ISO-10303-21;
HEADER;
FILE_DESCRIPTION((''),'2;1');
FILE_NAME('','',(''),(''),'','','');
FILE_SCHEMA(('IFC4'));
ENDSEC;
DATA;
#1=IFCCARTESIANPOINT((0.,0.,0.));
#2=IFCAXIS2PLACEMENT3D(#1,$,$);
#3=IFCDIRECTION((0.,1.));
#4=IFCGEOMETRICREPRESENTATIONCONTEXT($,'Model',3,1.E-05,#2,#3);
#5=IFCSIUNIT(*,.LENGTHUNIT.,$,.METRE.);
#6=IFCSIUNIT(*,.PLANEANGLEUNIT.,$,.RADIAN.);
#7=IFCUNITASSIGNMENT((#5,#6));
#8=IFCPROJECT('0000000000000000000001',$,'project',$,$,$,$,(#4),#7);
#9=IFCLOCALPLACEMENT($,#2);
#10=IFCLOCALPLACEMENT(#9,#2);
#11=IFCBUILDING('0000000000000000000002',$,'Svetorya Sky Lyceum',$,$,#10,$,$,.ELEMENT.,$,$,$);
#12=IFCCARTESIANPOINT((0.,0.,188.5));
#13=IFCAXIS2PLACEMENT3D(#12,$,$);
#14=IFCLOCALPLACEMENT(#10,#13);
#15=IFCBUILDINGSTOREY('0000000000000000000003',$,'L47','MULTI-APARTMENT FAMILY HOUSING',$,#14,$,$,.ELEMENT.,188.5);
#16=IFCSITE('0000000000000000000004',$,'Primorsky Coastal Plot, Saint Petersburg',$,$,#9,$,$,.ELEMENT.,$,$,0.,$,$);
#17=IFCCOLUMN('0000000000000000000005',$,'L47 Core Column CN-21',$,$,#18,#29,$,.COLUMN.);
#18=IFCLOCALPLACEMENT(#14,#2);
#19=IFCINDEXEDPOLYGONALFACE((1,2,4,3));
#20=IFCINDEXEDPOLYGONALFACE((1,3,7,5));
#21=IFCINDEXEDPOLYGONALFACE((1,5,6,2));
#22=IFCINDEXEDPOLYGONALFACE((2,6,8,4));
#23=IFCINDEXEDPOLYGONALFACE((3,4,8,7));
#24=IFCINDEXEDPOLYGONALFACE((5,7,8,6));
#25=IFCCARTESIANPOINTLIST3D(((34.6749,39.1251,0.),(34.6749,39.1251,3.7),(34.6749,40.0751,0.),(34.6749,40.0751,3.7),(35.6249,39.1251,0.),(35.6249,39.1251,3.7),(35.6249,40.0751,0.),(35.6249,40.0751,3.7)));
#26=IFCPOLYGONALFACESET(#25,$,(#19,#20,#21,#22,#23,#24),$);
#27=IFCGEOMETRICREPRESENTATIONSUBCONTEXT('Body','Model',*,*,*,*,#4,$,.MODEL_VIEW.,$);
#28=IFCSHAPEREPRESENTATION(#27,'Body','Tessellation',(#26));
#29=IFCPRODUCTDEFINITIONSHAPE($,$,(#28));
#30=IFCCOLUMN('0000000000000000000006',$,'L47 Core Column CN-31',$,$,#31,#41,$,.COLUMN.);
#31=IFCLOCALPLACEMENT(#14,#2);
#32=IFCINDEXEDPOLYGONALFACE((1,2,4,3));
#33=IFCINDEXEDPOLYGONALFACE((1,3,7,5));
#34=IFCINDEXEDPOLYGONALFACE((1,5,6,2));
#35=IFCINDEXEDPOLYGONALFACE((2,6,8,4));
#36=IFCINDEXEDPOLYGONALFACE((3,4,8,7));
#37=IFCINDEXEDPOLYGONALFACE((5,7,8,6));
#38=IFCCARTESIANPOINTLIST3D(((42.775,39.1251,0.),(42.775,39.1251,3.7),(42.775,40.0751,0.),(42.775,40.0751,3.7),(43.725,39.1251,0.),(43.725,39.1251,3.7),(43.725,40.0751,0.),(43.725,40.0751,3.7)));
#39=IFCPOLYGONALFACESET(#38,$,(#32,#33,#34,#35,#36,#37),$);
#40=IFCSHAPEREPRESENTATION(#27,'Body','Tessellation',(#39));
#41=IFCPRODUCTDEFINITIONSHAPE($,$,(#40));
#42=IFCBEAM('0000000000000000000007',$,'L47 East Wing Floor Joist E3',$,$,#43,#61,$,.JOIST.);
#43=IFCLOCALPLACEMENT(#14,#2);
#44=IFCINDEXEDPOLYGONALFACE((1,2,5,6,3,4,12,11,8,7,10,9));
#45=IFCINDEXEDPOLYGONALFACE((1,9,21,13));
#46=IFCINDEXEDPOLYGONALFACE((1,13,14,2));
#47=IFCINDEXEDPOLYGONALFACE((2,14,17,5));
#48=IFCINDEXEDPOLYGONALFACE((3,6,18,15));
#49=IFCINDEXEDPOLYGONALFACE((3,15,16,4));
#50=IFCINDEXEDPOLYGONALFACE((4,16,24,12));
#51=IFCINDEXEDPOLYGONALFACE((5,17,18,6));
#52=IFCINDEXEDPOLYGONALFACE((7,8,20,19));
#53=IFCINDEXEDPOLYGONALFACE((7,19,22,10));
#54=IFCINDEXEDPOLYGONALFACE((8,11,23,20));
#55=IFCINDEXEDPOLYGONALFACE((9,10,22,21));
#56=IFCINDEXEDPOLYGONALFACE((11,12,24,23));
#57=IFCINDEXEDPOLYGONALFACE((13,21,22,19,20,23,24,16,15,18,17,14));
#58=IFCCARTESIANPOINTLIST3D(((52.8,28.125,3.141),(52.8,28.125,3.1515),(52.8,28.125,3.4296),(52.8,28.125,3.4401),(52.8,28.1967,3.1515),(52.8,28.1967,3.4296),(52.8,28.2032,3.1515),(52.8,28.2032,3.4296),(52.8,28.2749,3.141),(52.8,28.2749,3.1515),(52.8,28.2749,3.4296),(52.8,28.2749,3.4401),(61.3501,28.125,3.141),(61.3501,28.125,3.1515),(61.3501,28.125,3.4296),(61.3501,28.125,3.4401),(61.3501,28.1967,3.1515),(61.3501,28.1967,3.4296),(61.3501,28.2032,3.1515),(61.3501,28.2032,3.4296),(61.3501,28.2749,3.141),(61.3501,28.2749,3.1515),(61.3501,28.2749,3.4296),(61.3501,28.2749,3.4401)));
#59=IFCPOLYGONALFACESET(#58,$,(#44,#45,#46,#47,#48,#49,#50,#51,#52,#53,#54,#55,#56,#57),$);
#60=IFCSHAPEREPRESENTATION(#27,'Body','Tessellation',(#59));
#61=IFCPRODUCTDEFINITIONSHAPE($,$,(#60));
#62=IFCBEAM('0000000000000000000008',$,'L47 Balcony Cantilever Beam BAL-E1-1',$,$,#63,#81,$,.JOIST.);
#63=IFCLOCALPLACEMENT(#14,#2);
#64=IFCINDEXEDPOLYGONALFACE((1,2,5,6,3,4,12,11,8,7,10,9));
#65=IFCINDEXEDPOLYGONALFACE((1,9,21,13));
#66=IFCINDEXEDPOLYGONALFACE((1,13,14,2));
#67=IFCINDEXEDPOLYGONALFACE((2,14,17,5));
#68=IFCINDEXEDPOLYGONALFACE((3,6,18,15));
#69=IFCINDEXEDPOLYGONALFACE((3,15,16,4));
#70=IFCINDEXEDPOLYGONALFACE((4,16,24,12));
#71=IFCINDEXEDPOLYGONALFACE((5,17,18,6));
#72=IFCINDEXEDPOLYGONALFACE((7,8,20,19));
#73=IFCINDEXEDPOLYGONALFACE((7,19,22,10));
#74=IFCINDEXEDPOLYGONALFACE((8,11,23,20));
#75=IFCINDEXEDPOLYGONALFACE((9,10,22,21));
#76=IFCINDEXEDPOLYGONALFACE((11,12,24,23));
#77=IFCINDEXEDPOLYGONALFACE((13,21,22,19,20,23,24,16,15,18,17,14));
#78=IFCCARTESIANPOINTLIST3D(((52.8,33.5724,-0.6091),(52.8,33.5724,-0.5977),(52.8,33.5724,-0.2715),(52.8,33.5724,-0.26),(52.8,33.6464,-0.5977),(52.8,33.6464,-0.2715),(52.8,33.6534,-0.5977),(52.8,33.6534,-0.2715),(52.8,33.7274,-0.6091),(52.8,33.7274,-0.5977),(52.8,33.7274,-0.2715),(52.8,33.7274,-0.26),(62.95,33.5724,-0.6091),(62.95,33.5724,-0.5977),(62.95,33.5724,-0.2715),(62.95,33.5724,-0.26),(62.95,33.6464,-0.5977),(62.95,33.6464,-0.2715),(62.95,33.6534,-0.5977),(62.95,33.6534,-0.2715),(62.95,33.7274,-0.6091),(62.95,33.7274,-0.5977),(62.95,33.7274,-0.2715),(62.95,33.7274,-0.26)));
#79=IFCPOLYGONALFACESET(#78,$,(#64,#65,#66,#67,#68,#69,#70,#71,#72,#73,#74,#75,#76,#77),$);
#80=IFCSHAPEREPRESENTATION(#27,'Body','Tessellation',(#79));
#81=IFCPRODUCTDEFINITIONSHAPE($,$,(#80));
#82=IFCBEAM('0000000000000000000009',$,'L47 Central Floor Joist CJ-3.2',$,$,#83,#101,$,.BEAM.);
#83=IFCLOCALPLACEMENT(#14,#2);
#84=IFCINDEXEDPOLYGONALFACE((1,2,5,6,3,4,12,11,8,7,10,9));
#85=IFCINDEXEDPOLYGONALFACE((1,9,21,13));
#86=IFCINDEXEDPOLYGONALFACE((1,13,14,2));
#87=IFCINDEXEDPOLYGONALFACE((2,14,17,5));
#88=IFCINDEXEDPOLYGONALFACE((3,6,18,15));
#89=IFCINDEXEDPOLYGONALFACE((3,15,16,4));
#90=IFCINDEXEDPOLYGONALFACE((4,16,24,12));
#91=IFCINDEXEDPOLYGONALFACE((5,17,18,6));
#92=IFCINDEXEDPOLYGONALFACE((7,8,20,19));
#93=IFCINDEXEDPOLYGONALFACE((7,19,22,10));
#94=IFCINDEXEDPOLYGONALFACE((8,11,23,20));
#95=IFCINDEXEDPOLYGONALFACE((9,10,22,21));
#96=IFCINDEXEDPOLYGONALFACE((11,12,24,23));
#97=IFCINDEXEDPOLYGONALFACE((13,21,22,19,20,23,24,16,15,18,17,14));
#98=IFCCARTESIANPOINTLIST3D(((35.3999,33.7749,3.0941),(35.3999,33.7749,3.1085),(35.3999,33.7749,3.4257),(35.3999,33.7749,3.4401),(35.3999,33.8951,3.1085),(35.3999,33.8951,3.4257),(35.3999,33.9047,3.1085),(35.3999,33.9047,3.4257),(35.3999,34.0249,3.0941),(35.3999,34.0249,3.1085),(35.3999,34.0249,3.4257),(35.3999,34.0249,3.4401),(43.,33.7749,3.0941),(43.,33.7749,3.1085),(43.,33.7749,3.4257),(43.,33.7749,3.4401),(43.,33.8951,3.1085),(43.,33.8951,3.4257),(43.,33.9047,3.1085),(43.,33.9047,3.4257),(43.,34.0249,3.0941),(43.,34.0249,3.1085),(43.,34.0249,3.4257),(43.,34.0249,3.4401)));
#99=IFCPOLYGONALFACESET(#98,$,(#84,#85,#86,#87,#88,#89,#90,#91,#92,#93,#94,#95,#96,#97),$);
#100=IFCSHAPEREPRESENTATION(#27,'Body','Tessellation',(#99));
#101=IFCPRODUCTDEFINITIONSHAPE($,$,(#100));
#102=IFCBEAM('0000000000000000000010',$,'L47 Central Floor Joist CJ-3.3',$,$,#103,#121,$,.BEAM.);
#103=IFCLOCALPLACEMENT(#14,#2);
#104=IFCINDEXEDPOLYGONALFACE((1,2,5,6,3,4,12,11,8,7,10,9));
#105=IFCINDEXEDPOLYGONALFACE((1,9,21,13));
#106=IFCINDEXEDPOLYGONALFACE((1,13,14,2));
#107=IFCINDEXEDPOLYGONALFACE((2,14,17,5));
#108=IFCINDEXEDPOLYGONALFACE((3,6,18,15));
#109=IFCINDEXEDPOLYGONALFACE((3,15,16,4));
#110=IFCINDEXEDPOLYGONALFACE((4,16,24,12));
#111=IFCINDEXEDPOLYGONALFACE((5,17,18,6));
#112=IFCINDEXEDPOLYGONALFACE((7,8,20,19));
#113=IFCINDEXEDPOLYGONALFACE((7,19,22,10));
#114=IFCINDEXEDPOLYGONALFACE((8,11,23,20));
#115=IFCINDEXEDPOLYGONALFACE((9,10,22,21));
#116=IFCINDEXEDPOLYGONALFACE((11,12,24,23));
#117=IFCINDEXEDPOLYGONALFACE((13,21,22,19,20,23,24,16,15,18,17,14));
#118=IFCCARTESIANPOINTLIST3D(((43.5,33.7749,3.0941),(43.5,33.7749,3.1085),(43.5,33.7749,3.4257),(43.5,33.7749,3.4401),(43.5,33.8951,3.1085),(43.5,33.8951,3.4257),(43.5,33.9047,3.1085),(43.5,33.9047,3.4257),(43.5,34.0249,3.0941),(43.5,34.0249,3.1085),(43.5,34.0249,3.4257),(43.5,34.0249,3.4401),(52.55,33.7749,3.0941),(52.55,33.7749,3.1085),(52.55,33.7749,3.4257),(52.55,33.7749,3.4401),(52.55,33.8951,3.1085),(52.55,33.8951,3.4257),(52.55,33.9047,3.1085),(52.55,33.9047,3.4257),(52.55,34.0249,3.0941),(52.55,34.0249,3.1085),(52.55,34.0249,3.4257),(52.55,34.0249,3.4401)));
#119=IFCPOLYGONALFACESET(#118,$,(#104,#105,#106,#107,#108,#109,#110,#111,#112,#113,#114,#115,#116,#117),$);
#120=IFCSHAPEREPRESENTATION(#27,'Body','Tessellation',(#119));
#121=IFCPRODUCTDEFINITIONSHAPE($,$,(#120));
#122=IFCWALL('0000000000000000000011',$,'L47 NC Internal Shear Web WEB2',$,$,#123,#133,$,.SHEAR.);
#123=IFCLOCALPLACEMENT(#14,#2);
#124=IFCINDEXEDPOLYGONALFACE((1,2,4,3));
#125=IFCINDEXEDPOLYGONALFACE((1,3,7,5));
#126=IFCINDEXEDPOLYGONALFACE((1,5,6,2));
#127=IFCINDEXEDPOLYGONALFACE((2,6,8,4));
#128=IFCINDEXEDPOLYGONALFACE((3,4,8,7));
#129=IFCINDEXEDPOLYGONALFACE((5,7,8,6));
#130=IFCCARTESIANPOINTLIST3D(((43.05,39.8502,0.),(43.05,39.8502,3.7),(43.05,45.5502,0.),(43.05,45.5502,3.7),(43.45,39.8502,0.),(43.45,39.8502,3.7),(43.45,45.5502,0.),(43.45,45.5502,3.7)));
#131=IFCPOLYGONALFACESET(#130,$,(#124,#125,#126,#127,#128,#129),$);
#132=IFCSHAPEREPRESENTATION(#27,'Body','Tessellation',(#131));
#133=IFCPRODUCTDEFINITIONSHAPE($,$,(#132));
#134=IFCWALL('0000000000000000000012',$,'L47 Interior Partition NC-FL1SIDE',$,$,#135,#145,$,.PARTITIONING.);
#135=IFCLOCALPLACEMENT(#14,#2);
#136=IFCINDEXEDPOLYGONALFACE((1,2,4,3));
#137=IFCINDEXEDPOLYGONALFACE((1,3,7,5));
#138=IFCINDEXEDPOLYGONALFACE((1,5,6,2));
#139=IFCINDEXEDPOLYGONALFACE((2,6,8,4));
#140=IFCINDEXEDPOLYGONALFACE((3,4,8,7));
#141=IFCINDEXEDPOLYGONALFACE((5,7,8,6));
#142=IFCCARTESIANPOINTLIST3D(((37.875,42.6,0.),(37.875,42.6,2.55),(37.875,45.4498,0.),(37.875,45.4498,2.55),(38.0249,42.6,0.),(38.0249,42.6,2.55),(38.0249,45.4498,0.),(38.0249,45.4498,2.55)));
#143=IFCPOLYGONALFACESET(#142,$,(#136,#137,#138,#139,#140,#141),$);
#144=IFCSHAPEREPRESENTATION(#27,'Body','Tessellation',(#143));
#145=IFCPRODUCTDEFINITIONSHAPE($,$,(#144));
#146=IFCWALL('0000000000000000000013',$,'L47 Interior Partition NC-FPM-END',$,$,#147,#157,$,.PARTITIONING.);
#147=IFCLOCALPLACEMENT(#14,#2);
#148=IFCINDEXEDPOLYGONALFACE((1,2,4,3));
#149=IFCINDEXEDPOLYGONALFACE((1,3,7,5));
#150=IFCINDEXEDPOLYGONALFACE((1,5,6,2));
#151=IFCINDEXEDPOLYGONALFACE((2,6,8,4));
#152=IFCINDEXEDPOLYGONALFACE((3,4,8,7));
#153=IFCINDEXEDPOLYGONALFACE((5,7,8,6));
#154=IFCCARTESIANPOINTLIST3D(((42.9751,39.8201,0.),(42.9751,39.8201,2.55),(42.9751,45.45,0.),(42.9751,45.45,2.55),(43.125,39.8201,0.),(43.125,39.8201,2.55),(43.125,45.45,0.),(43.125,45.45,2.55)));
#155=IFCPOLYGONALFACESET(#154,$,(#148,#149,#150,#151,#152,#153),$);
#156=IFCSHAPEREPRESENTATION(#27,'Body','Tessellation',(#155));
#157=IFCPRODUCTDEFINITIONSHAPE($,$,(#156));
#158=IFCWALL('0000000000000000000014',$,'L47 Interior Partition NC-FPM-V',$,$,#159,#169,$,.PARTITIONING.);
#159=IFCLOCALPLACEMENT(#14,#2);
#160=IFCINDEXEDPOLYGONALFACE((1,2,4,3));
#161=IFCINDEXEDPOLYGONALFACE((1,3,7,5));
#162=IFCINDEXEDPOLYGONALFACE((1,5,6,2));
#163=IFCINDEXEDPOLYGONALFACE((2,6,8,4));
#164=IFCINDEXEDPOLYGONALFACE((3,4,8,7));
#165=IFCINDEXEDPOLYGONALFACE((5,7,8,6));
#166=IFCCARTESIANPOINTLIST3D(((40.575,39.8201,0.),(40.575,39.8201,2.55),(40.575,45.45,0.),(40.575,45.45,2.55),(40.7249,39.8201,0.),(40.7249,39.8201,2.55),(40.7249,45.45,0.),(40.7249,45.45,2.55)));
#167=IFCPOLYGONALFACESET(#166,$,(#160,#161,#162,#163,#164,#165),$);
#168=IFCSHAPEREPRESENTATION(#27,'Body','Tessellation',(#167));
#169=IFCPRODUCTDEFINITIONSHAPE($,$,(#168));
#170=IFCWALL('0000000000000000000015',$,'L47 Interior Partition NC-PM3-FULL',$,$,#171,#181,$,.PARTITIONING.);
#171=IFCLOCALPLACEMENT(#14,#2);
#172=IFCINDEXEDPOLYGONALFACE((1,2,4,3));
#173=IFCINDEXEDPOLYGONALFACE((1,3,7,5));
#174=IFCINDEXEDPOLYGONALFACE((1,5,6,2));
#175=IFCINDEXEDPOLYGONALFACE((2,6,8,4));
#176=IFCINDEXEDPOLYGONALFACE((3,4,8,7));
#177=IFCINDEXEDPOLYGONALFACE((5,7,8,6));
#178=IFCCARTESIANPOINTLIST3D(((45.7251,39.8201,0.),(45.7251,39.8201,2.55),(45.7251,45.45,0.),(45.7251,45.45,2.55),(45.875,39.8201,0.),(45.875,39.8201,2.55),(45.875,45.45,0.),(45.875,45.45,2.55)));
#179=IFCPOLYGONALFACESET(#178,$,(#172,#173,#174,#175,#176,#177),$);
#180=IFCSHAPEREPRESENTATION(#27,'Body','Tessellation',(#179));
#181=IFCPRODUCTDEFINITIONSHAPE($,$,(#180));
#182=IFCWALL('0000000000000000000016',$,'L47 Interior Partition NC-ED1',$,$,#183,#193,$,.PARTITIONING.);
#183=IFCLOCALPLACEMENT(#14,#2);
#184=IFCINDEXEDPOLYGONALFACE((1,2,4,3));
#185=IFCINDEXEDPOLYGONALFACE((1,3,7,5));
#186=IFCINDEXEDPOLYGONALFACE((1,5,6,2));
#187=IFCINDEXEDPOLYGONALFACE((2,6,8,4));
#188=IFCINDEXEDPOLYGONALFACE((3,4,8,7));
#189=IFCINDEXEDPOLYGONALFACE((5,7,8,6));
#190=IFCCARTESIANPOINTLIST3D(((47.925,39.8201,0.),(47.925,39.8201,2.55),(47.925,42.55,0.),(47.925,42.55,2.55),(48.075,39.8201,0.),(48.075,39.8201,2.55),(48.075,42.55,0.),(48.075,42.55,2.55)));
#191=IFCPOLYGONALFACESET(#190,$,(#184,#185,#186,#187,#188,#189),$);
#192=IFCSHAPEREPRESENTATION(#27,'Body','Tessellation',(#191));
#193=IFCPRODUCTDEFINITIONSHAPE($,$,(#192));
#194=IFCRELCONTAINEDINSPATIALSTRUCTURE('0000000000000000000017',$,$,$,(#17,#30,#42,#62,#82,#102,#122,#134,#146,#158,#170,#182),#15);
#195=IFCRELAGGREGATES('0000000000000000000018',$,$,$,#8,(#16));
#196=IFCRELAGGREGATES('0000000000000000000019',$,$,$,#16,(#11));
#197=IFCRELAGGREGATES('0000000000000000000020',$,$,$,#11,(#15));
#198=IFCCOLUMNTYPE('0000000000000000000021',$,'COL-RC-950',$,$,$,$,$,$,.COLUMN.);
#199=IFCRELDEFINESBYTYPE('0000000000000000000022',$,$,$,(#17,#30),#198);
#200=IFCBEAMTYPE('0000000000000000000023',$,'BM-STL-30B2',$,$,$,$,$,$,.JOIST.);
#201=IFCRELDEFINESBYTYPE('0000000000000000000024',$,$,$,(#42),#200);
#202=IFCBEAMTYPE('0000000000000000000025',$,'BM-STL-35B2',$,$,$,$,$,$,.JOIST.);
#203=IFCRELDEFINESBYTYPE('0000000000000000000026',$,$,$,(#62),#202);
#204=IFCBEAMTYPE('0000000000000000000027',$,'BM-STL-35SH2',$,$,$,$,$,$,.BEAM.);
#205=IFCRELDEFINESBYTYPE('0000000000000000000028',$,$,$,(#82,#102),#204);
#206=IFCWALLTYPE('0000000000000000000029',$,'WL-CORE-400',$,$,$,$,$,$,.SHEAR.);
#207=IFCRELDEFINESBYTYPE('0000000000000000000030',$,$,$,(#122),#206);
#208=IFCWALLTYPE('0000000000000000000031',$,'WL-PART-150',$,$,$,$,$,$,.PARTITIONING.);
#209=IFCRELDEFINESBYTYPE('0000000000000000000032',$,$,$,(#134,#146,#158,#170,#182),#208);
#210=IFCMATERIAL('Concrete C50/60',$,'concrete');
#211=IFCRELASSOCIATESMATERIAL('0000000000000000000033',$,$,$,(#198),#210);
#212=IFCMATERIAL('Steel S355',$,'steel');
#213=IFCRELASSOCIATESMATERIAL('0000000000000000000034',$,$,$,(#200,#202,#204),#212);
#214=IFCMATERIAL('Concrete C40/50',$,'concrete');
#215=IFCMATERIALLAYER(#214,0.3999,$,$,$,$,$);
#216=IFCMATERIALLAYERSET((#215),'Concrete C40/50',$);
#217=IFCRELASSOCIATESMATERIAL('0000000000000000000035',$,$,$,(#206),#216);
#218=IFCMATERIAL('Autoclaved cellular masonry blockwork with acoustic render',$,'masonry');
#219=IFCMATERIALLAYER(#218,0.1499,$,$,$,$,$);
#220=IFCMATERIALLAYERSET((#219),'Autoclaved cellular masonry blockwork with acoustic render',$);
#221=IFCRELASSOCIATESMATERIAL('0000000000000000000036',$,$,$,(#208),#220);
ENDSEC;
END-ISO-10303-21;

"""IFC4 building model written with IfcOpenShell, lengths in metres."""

from ifc_helpers import new_model, si_unit, direction, frame, frame_2d, origin, origin_2d, place, context, subcontext, project, spatial, rectangle, i_section, extrude, material, layer, layer_set, material_profile, profile_set, type_object, element, save


model = new_model("IFC4")

# Units and contexts
model_context = context("Model", 3, precision=1e-05, world=origin(), true_north=direction((0.0, 1.0)))
body_context = subcontext(model_context, "Body", "Model", "MODEL_VIEW")
ifc_project = project(units=[si_unit("LENGTHUNIT", "METRE"), si_unit("PLANEANGLEUNIT", "RADIAN")], contexts=[model_context])

# Site, building, storey
site_placement = place(None, origin())
site = spatial("IfcSite", under=ifc_project, at=site_placement, Name="Primorsky Coastal Plot, Saint Petersburg", CompositionType="ELEMENT", RefElevation=0.0)
building_placement = place(site_placement, origin())
building = spatial("IfcBuilding", under=site, at=building_placement, Name="Svetorya Sky Lyceum", CompositionType="ELEMENT")
storey_placement = place(building_placement, frame((0.0, 0.0, 188.5)))
storey = spatial("IfcBuildingStorey", under=building, at=storey_placement, Name="L47", Description="MULTI-APARTMENT FAMILY HOUSING", CompositionType="ELEMENT", Elevation=188.5)

# Columns
ifc_material_1 = material(Name="Concrete C50/60", Category="concrete")
ifc_material_profile_1 = material_profile(ifc_material_1, rectangle(XDim=0.95, YDim=0.95, at=origin_2d()), Name="RC COL 950x950")
ifc_profile_set_1 = profile_set([ifc_material_profile_1], Name="Concrete C50/60")
column_type = type_object("IfcColumnType", Name="COL-RC-950", PredefinedType="COLUMN", material=ifc_profile_set_1)
for number, where, z_axis, x_axis, name in (
    (1, (35.1499, 39.6001, 0.0), (0.0, 0.0, 1.0), (1.0, 0.0, 0.0), "L47 Core Column CN-21"),
    (2, (43.25, 39.6001, 0.0), (0.0, 0.0, 1.0), (1.0, 0.0, 0.0), "L47 Core Column CN-31"),
):
    element("IfcColumn", number, at=place(storey_placement, frame(where, z_axis=z_axis, x_axis=x_axis)), inside=storey, type_object=column_type, Name=name, PredefinedType="COLUMN", context=body_context, shape_type="SweptSolid", body=[
        extrude(rectangle(XDim=0.95, YDim=0.95, at=origin_2d()), origin(), (0.0, 0.0, 1.0), 3.7),
    ])

# Beams
ifc_material_2 = material(Name="Steel S355", Category="steel")
ifc_material_profile_2 = material_profile(ifc_material_2, i_section(OverallWidth=0.1499, OverallDepth=0.2991, WebThickness=0.0066, FlangeThickness=0.0105, at=origin_2d()), Name="GOST 30B2")
ifc_profile_set_2 = profile_set([ifc_material_profile_2], Name="Steel S355")
beam_type_1 = type_object("IfcBeamType", Name="BM-STL-30B2", PredefinedType="JOIST", material=ifc_profile_set_2)
beam_1_placement = place(storey_placement, frame((52.8, 28.2, 3.2905), z_axis=(1.0, 0.0, 0.0), x_axis=(0.0, 1.0, 0.0)))
element("IfcBeam", 3, at=beam_1_placement, inside=storey, type_object=beam_type_1, Name="L47 East Wing Floor Joist E3", PredefinedType="JOIST", context=body_context, shape_type="SweptSolid", body=[
    extrude(i_section(OverallWidth=0.1499, OverallDepth=0.2991, WebThickness=0.0066, FlangeThickness=0.0105, at=origin_2d()), origin(), (0.0, 0.0, 1.0), 8.55),
])
ifc_material_profile_3 = material_profile(ifc_material_2, i_section(OverallWidth=0.155, OverallDepth=0.3491, WebThickness=0.0071, FlangeThickness=0.0115, at=origin_2d()), Name="GOST 35B2")
ifc_profile_set_3 = profile_set([ifc_material_profile_3], Name="Steel S355")
beam_type_2 = type_object("IfcBeamType", Name="BM-STL-35B2", PredefinedType="JOIST", material=ifc_profile_set_3)
beam_2_placement = place(storey_placement, frame((52.8, 33.6499, -0.4346), z_axis=(1.0, 0.0, 0.0), x_axis=(0.0, 1.0, 0.0)))
element("IfcBeam", 4, at=beam_2_placement, inside=storey, type_object=beam_type_2, Name="L47 Balcony Cantilever Beam BAL-E1-1", PredefinedType="JOIST", context=body_context, shape_type="SweptSolid", body=[
    extrude(i_section(OverallWidth=0.155, OverallDepth=0.3491, WebThickness=0.0071, FlangeThickness=0.0115, at=origin_2d()), origin(), (0.0, 0.0, 1.0), 10.1499),
])
ifc_material_profile_4 = material_profile(ifc_material_2, i_section(OverallWidth=0.25, OverallDepth=0.3459, WebThickness=0.0095, FlangeThickness=0.0144, at=origin_2d()), Name="GOST 35Sh2")
ifc_profile_set_4 = profile_set([ifc_material_profile_4], Name="Steel S355")
beam_type_3 = type_object("IfcBeamType", Name="BM-STL-35SH2", PredefinedType="BEAM", material=ifc_profile_set_4)
beam_3_placement = place(storey_placement, frame((35.3999, 33.8999, 3.2671), z_axis=(1.0, 0.0, 0.0), x_axis=(0.0, 1.0, 0.0)))
element("IfcBeam", 5, at=beam_3_placement, inside=storey, type_object=beam_type_3, Name="L47 Central Floor Joist CJ-3.2", PredefinedType="BEAM", context=body_context, shape_type="SweptSolid", body=[
    extrude(i_section(OverallWidth=0.25, OverallDepth=0.3459, WebThickness=0.0095, FlangeThickness=0.0144, at=origin_2d()), origin(), (0.0, 0.0, 1.0), 7.6001),
])
beam_4_placement = place(storey_placement, frame((43.5, 33.8999, 3.2671), z_axis=(1.0, 0.0, 0.0), x_axis=(0.0, 1.0, 0.0)))
element("IfcBeam", 6, at=beam_4_placement, inside=storey, type_object=beam_type_3, Name="L47 Central Floor Joist CJ-3.3", PredefinedType="BEAM", context=body_context, shape_type="SweptSolid", body=[
    extrude(i_section(OverallWidth=0.25, OverallDepth=0.3459, WebThickness=0.0095, FlangeThickness=0.0144, at=origin_2d()), origin(), (0.0, 0.0, 1.0), 9.05),
])

# Walls
ifc_material_3 = material(Name="Concrete C40/50", Category="concrete")
ifc_layer_1 = layer(ifc_material_3, 0.3999)
ifc_layer_set_1 = layer_set([ifc_layer_1], Name="Concrete C40/50")
wall_type_1 = type_object("IfcWallType", Name="WL-CORE-400", PredefinedType="SHEAR", material=ifc_layer_set_1)
wall_1_placement = place(storey_placement, frame((43.25, 39.8501, 0.0), z_axis=(0.0, 0.0, 1.0), x_axis=(0.0, 1.0, 0.0)))
element("IfcWall", 7, at=wall_1_placement, inside=storey, type_object=wall_type_1, Name="L47 NC Internal Shear Web WEB2", PredefinedType="SHEAR", context=body_context, shape_type="SweptSolid", body=[
    extrude(rectangle(XDim=5.7, YDim=0.3999, at=frame_2d((2.8501, 0.0))), origin(), (0.0, 0.0, 1.0), 3.7),
])
ifc_material_4 = material(Name="Autoclaved cellular masonry blockwork with acoustic render", Category="masonry")
ifc_layer_2 = layer(ifc_material_4, 0.1499)
ifc_layer_set_2 = layer_set([ifc_layer_2], Name="Autoclaved cellular masonry blockwork with acoustic render")
wall_type_2 = type_object("IfcWallType", Name="WL-PART-150", PredefinedType="PARTITIONING", material=ifc_layer_set_2)
wall_2_placement = place(storey_placement, frame((37.95, 42.6001, 0.0), z_axis=(0.0, 0.0, 1.0), x_axis=(0.0, 1.0, 0.0)))
element("IfcWall", 8, at=wall_2_placement, inside=storey, type_object=wall_type_2, Name="L47 Interior Partition NC-FL1SIDE", PredefinedType="PARTITIONING", context=body_context, shape_type="SweptSolid", body=[
    extrude(rectangle(XDim=2.8499, YDim=0.1499, at=frame_2d((1.4248, 0.0))), origin(), (0.0, 0.0, 1.0), 2.55),
])
for number, where, z_axis, x_axis, name in (
    (9, (43.05, 39.8201, 0.0), (0.0, 0.0, 1.0), (0.0, 1.0, 0.0), "L47 Interior Partition NC-FPM-END"),
    (10, (40.6499, 39.8201, 0.0), (0.0, 0.0, 1.0), (0.0, 1.0, 0.0), "L47 Interior Partition NC-FPM-V"),
    (11, (45.8, 39.8201, 0.0), (0.0, 0.0, 1.0), (0.0, 1.0, 0.0), "L47 Interior Partition NC-PM3-FULL"),
):
    element("IfcWall", number, at=place(storey_placement, frame(where, z_axis=z_axis, x_axis=x_axis)), inside=storey, type_object=wall_type_2, Name=name, PredefinedType="PARTITIONING", context=body_context, shape_type="SweptSolid", body=[
        extrude(rectangle(XDim=5.6299, YDim=0.1499, at=frame_2d((2.8149, 0.0))), origin(), (0.0, 0.0, 1.0), 2.55),
    ])
wall_3_placement = place(storey_placement, frame((48.0, 39.8201, 0.0), z_axis=(0.0, 0.0, 1.0), x_axis=(0.0, 1.0, 0.0)))
element("IfcWall", 12, at=wall_3_placement, inside=storey, type_object=wall_type_2, Name="L47 Interior Partition NC-ED1", PredefinedType="PARTITIONING", context=body_context, shape_type="SweptSolid", body=[
    extrude(rectangle(XDim=2.73, YDim=0.1499, at=frame_2d((1.365, 0.0))), origin(), (0.0, 0.0, 1.0), 2.55),
])

save(model, "model.ifc")
